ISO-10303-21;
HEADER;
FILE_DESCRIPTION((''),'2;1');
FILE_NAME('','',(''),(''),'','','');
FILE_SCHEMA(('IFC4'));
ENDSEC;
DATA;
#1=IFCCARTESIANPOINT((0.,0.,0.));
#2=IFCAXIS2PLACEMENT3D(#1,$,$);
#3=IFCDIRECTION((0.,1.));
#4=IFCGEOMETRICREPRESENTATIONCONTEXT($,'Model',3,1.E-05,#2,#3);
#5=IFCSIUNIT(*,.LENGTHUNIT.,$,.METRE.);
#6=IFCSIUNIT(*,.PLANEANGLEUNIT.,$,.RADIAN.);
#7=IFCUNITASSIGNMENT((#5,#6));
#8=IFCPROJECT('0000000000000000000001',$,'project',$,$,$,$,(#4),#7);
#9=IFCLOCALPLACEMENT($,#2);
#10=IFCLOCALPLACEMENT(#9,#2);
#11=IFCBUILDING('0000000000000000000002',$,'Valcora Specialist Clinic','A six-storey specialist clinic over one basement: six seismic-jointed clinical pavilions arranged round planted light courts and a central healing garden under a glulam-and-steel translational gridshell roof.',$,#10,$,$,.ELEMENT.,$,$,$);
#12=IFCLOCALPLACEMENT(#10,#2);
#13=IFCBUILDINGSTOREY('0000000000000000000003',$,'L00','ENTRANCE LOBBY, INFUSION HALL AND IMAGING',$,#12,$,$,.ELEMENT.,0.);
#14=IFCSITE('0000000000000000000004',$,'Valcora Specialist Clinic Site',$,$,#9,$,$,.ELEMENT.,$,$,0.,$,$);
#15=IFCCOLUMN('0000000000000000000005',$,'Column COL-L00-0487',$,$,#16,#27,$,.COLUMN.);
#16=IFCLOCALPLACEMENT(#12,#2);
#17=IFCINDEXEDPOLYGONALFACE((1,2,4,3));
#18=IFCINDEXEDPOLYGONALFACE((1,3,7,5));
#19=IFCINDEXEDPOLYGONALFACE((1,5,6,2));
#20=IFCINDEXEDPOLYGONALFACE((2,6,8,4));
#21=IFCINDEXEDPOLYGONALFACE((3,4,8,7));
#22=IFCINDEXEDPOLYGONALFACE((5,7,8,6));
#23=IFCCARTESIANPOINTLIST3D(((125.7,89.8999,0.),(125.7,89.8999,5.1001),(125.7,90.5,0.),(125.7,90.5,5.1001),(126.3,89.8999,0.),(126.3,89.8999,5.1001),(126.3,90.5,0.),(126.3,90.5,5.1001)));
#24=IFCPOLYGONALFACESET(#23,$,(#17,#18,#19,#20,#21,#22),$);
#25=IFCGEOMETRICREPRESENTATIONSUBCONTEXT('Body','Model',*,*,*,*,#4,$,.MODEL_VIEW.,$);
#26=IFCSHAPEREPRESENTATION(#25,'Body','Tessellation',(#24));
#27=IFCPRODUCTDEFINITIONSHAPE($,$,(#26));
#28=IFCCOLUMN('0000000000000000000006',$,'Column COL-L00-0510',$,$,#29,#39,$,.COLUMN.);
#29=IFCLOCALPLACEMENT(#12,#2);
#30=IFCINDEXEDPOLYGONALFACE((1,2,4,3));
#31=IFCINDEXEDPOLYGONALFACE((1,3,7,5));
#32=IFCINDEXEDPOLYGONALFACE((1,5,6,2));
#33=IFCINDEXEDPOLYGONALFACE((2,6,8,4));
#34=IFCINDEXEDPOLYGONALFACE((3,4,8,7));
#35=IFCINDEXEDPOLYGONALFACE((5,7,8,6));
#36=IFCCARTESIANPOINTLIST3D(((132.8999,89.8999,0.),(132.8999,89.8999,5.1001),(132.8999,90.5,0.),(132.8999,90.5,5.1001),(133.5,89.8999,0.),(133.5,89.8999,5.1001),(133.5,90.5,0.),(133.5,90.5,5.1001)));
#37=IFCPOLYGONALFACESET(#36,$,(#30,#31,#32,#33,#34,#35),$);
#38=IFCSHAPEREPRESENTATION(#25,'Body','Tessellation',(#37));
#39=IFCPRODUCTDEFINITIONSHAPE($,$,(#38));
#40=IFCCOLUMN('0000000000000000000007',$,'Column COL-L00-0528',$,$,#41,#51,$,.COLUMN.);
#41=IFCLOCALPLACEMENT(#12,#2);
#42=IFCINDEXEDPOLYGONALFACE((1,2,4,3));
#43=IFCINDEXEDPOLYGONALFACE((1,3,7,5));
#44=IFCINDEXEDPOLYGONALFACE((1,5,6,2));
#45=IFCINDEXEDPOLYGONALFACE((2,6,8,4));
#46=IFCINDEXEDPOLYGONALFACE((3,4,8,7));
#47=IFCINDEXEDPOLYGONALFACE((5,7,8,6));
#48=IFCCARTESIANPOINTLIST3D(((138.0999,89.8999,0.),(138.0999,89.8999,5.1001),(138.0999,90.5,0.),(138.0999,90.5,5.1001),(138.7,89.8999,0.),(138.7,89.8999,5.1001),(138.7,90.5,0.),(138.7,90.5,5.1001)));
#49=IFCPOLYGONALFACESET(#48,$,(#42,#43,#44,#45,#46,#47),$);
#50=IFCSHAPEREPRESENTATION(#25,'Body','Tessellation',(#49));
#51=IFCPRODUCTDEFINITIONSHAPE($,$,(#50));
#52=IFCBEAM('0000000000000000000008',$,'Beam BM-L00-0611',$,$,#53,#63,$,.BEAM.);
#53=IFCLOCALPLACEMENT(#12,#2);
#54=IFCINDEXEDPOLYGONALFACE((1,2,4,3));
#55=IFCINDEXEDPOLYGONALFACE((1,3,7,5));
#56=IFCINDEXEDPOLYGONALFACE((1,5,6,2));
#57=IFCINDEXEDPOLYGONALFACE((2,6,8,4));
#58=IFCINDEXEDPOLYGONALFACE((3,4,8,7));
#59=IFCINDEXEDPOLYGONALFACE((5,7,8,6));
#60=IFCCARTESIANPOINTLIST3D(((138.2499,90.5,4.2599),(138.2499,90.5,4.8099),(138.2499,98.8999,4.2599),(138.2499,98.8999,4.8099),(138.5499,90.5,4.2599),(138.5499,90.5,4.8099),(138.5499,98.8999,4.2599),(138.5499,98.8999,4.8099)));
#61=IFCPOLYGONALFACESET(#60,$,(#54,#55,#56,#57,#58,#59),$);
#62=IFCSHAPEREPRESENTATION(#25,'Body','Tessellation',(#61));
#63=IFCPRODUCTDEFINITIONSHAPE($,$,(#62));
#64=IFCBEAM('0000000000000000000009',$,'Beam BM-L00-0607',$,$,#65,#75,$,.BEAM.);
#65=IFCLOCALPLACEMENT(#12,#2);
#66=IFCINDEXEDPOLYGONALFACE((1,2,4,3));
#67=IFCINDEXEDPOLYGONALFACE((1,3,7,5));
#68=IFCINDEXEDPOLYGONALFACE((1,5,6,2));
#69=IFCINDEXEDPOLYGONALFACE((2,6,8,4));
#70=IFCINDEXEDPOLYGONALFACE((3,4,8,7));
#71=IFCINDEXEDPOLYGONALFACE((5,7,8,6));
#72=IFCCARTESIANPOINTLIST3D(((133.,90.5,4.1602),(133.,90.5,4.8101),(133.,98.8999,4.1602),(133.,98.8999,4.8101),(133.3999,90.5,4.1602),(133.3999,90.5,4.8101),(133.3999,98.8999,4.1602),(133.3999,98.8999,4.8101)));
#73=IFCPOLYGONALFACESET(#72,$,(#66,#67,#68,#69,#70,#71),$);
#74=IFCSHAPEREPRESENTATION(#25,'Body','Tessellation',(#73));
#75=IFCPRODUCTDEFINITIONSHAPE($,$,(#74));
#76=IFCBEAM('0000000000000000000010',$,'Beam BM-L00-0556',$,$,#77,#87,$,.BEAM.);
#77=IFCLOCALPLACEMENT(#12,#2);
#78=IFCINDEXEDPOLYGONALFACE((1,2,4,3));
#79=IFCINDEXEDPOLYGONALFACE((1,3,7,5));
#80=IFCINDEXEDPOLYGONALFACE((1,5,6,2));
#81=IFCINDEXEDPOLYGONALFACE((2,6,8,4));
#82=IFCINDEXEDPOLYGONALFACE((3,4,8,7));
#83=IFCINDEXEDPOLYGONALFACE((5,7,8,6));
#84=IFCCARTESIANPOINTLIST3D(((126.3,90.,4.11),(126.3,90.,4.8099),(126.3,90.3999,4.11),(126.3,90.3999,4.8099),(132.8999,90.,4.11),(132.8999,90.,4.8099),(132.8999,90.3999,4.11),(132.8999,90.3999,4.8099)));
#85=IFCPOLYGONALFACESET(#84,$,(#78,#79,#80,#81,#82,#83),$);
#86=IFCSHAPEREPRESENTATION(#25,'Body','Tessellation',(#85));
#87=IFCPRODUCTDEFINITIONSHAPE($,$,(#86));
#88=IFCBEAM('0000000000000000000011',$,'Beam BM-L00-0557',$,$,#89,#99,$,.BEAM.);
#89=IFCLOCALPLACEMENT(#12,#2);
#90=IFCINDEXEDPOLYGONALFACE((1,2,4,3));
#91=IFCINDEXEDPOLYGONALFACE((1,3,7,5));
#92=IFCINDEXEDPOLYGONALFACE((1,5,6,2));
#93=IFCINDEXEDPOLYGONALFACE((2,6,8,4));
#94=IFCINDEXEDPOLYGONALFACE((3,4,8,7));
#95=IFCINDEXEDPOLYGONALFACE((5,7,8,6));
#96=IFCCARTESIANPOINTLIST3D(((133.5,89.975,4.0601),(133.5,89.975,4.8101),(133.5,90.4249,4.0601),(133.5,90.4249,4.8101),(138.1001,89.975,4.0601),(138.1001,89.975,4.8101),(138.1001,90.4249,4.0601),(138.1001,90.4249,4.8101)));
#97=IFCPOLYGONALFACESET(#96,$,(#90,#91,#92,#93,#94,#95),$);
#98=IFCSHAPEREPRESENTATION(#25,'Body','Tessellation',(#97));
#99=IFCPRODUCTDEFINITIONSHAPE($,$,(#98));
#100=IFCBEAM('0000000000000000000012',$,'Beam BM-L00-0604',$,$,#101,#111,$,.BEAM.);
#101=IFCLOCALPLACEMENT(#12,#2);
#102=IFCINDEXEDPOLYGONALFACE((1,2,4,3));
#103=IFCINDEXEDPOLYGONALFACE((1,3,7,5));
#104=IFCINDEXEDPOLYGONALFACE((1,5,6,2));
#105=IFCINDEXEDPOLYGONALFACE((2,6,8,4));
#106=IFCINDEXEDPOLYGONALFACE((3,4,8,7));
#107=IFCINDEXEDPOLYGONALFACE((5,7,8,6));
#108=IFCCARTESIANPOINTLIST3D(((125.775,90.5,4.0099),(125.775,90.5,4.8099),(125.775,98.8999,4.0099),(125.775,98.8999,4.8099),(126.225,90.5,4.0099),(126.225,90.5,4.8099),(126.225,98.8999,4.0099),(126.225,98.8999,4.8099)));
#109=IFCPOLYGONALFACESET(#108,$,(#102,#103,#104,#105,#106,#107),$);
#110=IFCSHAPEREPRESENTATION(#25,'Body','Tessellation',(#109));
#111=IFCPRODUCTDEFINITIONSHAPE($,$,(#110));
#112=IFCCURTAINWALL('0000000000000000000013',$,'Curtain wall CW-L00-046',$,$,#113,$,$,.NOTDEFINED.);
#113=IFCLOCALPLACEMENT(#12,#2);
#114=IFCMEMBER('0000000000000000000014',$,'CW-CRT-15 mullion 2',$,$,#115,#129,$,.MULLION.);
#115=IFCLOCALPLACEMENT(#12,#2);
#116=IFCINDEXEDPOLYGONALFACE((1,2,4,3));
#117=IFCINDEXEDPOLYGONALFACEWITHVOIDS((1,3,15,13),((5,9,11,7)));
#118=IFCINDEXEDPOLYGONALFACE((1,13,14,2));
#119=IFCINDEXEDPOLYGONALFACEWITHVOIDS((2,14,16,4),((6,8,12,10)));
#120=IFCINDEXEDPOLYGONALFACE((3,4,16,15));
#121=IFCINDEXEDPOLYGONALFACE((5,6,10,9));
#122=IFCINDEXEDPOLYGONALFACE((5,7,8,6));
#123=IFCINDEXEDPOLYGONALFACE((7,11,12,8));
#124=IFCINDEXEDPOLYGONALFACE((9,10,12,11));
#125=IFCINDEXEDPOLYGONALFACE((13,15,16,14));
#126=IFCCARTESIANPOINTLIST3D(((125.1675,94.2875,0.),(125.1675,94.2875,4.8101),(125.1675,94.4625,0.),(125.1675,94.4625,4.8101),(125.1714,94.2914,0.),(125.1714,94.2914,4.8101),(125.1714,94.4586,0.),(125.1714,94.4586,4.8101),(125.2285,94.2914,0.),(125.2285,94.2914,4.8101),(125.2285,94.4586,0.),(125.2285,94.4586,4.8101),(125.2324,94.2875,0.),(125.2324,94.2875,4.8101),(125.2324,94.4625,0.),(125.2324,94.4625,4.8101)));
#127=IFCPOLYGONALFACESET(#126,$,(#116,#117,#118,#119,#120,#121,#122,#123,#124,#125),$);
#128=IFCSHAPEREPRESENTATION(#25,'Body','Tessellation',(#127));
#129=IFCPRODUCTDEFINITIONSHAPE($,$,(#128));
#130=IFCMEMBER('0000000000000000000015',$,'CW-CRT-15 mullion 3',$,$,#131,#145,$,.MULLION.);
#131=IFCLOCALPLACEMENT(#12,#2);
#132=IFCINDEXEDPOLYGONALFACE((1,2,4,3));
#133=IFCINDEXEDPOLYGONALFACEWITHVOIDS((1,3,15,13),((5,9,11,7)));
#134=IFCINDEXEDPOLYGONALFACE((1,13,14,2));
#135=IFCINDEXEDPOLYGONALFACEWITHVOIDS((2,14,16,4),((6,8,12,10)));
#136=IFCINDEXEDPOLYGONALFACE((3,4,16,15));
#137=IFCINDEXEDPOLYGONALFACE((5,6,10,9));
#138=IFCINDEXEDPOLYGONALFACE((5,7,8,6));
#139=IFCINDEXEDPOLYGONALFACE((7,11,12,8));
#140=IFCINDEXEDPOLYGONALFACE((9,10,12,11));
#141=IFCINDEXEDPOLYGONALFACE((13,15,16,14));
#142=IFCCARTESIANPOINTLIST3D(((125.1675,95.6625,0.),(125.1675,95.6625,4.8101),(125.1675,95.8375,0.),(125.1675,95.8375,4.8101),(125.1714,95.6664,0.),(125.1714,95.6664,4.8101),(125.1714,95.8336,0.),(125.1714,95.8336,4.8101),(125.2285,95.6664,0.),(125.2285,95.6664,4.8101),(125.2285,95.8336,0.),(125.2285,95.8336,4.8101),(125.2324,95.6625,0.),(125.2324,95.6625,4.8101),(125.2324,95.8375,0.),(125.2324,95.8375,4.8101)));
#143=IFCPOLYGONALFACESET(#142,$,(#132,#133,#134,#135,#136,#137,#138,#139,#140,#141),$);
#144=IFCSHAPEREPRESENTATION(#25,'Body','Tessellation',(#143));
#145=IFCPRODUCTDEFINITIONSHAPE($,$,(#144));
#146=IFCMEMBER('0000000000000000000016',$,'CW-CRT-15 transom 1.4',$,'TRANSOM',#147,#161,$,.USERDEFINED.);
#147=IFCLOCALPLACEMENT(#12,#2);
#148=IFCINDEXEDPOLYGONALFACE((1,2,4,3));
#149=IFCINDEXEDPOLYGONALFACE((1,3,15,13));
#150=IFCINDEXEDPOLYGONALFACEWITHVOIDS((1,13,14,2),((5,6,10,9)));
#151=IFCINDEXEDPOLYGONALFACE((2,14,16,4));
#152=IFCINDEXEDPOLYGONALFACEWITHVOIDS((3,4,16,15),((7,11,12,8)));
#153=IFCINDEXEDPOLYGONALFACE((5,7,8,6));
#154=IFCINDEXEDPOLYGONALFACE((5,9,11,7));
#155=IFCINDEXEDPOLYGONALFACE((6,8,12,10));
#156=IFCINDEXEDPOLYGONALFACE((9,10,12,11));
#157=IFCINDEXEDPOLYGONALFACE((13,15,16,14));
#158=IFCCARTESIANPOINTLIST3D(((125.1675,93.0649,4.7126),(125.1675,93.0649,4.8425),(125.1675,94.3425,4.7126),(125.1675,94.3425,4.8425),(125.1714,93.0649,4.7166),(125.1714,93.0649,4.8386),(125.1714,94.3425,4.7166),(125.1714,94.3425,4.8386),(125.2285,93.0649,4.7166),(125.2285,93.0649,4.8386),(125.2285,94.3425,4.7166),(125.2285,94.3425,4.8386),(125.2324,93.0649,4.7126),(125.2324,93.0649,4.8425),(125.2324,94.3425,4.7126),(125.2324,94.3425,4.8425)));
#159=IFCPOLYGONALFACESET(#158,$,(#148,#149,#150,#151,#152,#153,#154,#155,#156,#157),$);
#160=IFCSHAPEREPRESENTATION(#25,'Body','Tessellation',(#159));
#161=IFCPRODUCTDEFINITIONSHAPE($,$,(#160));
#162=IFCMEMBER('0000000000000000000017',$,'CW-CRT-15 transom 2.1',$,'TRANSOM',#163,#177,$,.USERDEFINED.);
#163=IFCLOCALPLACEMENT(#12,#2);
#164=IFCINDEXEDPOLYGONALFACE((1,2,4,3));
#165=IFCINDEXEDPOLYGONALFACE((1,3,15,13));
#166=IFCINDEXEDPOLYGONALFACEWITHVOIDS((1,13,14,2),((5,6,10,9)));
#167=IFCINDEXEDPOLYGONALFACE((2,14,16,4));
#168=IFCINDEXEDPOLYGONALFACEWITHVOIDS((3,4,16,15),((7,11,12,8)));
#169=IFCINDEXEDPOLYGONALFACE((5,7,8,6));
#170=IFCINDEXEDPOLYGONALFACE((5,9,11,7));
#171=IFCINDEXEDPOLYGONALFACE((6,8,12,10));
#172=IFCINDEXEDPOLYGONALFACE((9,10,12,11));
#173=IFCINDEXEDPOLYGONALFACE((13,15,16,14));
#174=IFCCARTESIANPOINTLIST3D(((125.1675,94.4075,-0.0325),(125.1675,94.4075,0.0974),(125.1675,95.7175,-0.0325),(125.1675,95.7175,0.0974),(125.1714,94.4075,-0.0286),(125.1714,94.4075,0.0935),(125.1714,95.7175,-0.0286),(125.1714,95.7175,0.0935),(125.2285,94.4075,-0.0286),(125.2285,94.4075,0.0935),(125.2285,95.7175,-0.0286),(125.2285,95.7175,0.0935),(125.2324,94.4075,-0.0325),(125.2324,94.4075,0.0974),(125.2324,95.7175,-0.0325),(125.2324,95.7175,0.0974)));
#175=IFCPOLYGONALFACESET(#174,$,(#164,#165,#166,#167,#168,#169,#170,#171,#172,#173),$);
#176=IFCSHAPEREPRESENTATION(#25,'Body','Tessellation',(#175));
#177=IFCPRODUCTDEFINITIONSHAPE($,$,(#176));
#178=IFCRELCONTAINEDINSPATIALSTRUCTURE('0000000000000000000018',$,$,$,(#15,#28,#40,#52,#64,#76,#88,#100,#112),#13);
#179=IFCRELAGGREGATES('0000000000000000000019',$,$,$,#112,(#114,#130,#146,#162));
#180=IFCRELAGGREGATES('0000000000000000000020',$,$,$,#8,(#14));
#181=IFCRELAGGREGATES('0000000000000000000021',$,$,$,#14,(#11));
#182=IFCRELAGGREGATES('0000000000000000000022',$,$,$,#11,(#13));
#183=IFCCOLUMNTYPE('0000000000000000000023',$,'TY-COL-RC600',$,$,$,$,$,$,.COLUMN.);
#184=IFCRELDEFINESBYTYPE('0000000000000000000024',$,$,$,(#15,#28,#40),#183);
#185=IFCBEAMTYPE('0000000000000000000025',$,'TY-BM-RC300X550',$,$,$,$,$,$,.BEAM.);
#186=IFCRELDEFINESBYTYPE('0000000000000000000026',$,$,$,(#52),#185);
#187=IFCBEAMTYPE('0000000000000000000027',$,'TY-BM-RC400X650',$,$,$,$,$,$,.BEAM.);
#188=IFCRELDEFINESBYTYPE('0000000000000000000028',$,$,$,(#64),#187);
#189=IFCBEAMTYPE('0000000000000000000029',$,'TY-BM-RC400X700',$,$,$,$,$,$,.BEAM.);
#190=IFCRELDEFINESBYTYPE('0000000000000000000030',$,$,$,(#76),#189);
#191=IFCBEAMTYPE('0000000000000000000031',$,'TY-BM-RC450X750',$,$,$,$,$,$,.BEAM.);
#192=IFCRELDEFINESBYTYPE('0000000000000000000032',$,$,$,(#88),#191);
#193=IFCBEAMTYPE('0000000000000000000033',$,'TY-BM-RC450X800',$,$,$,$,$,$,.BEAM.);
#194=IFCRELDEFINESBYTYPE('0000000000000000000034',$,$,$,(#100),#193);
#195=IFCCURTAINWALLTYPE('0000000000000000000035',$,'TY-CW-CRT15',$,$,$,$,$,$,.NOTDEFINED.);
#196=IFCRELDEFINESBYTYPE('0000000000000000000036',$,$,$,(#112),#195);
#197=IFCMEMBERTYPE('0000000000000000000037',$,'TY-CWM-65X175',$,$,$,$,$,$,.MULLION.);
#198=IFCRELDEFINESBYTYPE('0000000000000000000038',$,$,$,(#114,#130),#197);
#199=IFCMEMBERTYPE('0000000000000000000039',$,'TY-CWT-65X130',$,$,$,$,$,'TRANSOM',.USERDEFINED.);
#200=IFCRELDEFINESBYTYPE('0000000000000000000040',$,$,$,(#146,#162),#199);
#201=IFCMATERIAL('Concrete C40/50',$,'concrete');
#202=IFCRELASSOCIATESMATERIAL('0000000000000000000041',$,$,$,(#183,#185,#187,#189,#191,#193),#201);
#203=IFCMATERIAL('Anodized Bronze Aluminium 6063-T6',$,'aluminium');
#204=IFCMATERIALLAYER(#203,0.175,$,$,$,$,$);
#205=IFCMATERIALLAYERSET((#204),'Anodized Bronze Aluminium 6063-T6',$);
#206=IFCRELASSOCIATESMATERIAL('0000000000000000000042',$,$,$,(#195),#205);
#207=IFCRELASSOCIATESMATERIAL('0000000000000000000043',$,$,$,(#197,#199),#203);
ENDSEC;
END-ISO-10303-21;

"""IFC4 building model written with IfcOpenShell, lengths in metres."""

from ifc_helpers import new_model, si_unit, direction, frame, origin, origin_2d, place, context, subcontext, project, spatial, rectangle, hollow_rectangle, extrude, material, layer, layer_set, material_profile, profile_set, type_object, element, aggregate, save


model = new_model("IFC4")

# Units and contexts
model_context = context("Model", 3, precision=1e-05, world=origin(), true_north=direction((0.0, 1.0)))
body_context = subcontext(model_context, "Body", "Model", "MODEL_VIEW")
ifc_project = project(units=[si_unit("LENGTHUNIT", "METRE"), si_unit("PLANEANGLEUNIT", "RADIAN")], contexts=[model_context])

# Site, building, storey
site_placement = place(None, origin())
site = spatial("IfcSite", under=ifc_project, at=site_placement, Name="Valcora Specialist Clinic Site", CompositionType="ELEMENT", RefElevation=0.0)
building_placement = place(site_placement, origin())
building = spatial("IfcBuilding", under=site, at=building_placement, Name="Valcora Specialist Clinic", Description="A six-storey specialist clinic over one basement: six seismic-jointed clinical pavilions arranged round planted light courts and a central healing garden under a glulam-and-steel translational gridshell roof.", CompositionType="ELEMENT")
storey_placement = place(building_placement, origin())
storey = spatial("IfcBuildingStorey", under=building, at=storey_placement, Name="L00", Description="ENTRANCE LOBBY, INFUSION HALL AND IMAGING", CompositionType="ELEMENT", Elevation=0.0)

# Columns
ifc_material_1 = material(Name="Concrete C40/50", Category="concrete")
ifc_material_profile_1 = material_profile(ifc_material_1, rectangle(XDim=0.6001, YDim=0.6001, at=origin_2d()), Name="RC-COL-600X600")
ifc_profile_set_1 = profile_set([ifc_material_profile_1], Name="Concrete C40/50")
column_type = type_object("IfcColumnType", Name="TY-COL-RC600", PredefinedType="COLUMN", material=ifc_profile_set_1)
for number, where, z_axis, x_axis, name in (
    (1, (126.0, 90.2, 0.0), (0.0, 0.0, 1.0), (1.0, 0.0, 0.0), "Column COL-L00-0487"),
    (2, (133.2, 90.2, 0.0), (0.0, 0.0, 1.0), (1.0, 0.0, 0.0), "Column COL-L00-0510"),
    (3, (138.3999, 90.2, 0.0), (0.0, 0.0, 1.0), (1.0, 0.0, 0.0), "Column COL-L00-0528"),
):
    element("IfcColumn", number, at=place(storey_placement, frame(where, z_axis=z_axis, x_axis=x_axis)), inside=storey, type_object=column_type, Name=name, PredefinedType="COLUMN", context=body_context, shape_type="SweptSolid", body=[
        extrude(rectangle(XDim=0.6001, YDim=0.6001, at=origin_2d()), origin(), (0.0, 0.0, 1.0), 5.1001),
    ])

# Beams
ifc_material_profile_2 = material_profile(ifc_material_1, rectangle(XDim=0.3, YDim=0.55, at=origin_2d()), Name="RC-BM-300X550")
ifc_profile_set_2 = profile_set([ifc_material_profile_2], Name="Concrete C40/50")
beam_type_1 = type_object("IfcBeamType", Name="TY-BM-RC300X550", PredefinedType="BEAM", material=ifc_profile_set_2)
beam_1_placement = place(storey_placement, frame((138.3999, 90.5, 4.5349), z_axis=(0.0, 1.0, 0.0), x_axis=(-1.0, 0.0, 0.0)))
element("IfcBeam", 4, at=beam_1_placement, inside=storey, type_object=beam_type_1, Name="Beam BM-L00-0611", PredefinedType="BEAM", context=body_context, shape_type="SweptSolid", body=[
    extrude(rectangle(XDim=0.3, YDim=0.55, at=origin_2d()), origin(), (0.0, 0.0, 1.0), 8.3999),
])
ifc_material_profile_3 = material_profile(ifc_material_1, rectangle(XDim=0.3999, YDim=0.6499, at=origin_2d()), Name="RC-BM-400X650")
ifc_profile_set_3 = profile_set([ifc_material_profile_3], Name="Concrete C40/50")
beam_type_2 = type_object("IfcBeamType", Name="TY-BM-RC400X650", PredefinedType="BEAM", material=ifc_profile_set_3)
beam_2_placement = place(storey_placement, frame((133.2, 90.5, 4.4851), z_axis=(0.0, 1.0, 0.0), x_axis=(-1.0, 0.0, 0.0)))
element("IfcBeam", 5, at=beam_2_placement, inside=storey, type_object=beam_type_2, Name="Beam BM-L00-0607", PredefinedType="BEAM", context=body_context, shape_type="SweptSolid", body=[
    extrude(rectangle(XDim=0.3999, YDim=0.6499, at=origin_2d()), origin(), (0.0, 0.0, 1.0), 8.3999),
])
ifc_material_profile_4 = material_profile(ifc_material_1, rectangle(XDim=0.3999, YDim=0.7, at=origin_2d()), Name="RC-BM-400X700")
ifc_profile_set_4 = profile_set([ifc_material_profile_4], Name="Concrete C40/50")
beam_type_3 = type_object("IfcBeamType", Name="TY-BM-RC400X700", PredefinedType="BEAM", material=ifc_profile_set_4)
beam_3_placement = place(storey_placement, frame((126.3, 90.2, 4.46), z_axis=(1.0, 0.0, 0.0), x_axis=(0.0, 1.0, 0.0)))
element("IfcBeam", 6, at=beam_3_placement, inside=storey, type_object=beam_type_3, Name="Beam BM-L00-0556", PredefinedType="BEAM", context=body_context, shape_type="SweptSolid", body=[
    extrude(rectangle(XDim=0.3999, YDim=0.7, at=origin_2d()), origin(), (0.0, 0.0, 1.0), 6.5999),
])
ifc_material_profile_5 = material_profile(ifc_material_1, rectangle(XDim=0.45, YDim=0.75, at=origin_2d()), Name="RC-BM-450X750")
ifc_profile_set_5 = profile_set([ifc_material_profile_5], Name="Concrete C40/50")
beam_type_4 = type_object("IfcBeamType", Name="TY-BM-RC450X750", PredefinedType="BEAM", material=ifc_profile_set_5)
beam_4_placement = place(storey_placement, frame((133.5, 90.2, 4.4351), z_axis=(1.0, 0.0, 0.0), x_axis=(0.0, 1.0, 0.0)))
element("IfcBeam", 7, at=beam_4_placement, inside=storey, type_object=beam_type_4, Name="Beam BM-L00-0557", PredefinedType="BEAM", context=body_context, shape_type="SweptSolid", body=[
    extrude(rectangle(XDim=0.45, YDim=0.75, at=origin_2d()), origin(), (0.0, 0.0, 1.0), 4.6001),
])
ifc_material_profile_6 = material_profile(ifc_material_1, rectangle(XDim=0.45, YDim=0.8, at=origin_2d()), Name="RC-BM-450X800")
ifc_profile_set_6 = profile_set([ifc_material_profile_6], Name="Concrete C40/50")
beam_type_5 = type_object("IfcBeamType", Name="TY-BM-RC450X800", PredefinedType="BEAM", material=ifc_profile_set_6)
beam_5_placement = place(storey_placement, frame((126.0, 90.5, 4.4099), z_axis=(0.0, 1.0, 0.0), x_axis=(-1.0, 0.0, 0.0)))
element("IfcBeam", 8, at=beam_5_placement, inside=storey, type_object=beam_type_5, Name="Beam BM-L00-0604", PredefinedType="BEAM", context=body_context, shape_type="SweptSolid", body=[
    extrude(rectangle(XDim=0.45, YDim=0.8, at=origin_2d()), origin(), (0.0, 0.0, 1.0), 8.3999),
])

# Curtain wall, members
ifc_material_2 = material(Name="Anodized Bronze Aluminium 6063-T6", Category="aluminium")
ifc_layer_1 = layer(ifc_material_2, 0.175)
ifc_layer_set_1 = layer_set([ifc_layer_1], Name="Anodized Bronze Aluminium 6063-T6")
curtain_wall_type = type_object("IfcCurtainWallType", Name="TY-CW-CRT15", PredefinedType="NOTDEFINED", material=ifc_layer_set_1)
curtain_wall_placement = place(storey_placement, origin())
curtain_wall = element("IfcCurtainWall", 9, at=curtain_wall_placement, inside=storey, type_object=curtain_wall_type, Name="Curtain wall CW-L00-046", PredefinedType="NOTDEFINED")
ifc_material_profile_7 = material_profile(ifc_material_2, hollow_rectangle(XDim=0.0649, YDim=0.175, WallThickness=0.0039, at=origin_2d()), Name="AL-MUL-65X175")
ifc_profile_set_7 = profile_set([ifc_material_profile_7], Name="Anodized Bronze Aluminium 6063-T6")
member_type_1 = type_object("IfcMemberType", Name="TY-CWM-65X175", PredefinedType="MULLION", material=ifc_profile_set_7)
member_1_placement = place(storey_placement, frame((125.2, 94.375, 0.0), z_axis=(0.0, 0.0, 1.0), x_axis=(-1.0, 0.0, 0.0)))
member_1 = element("IfcMember", 10, at=member_1_placement, type_object=member_type_1, Name="CW-CRT-15 mullion 2", PredefinedType="MULLION", context=body_context, shape_type="SweptSolid", body=[
    extrude(hollow_rectangle(XDim=0.0649, YDim=0.175, WallThickness=0.0039, at=origin_2d()), origin(), (0.0, 0.0, 1.0), 4.8101),
])
member_2_placement = place(storey_placement, frame((125.2, 95.75, 0.0), z_axis=(0.0, 0.0, 1.0), x_axis=(-1.0, 0.0, 0.0)))
member_2 = element("IfcMember", 11, at=member_2_placement, type_object=member_type_1, Name="CW-CRT-15 mullion 3", PredefinedType="MULLION", context=body_context, shape_type="SweptSolid", body=[
    extrude(hollow_rectangle(XDim=0.0649, YDim=0.175, WallThickness=0.0039, at=origin_2d()), origin(), (0.0, 0.0, 1.0), 4.8101),
])
ifc_material_profile_8 = material_profile(ifc_material_2, hollow_rectangle(XDim=0.0649, YDim=0.1299, WallThickness=0.0039, at=origin_2d()), Name="AL-TRN-65X130")
ifc_profile_set_8 = profile_set([ifc_material_profile_8], Name="Anodized Bronze Aluminium 6063-T6")
member_type_2 = type_object("IfcMemberType", Name="TY-CWT-65X130", ElementType="TRANSOM", PredefinedType="USERDEFINED", material=ifc_profile_set_8)
member_3_placement = place(storey_placement, frame((125.2, 93.0649, 4.7776), z_axis=(0.0, 1.0, 0.0), x_axis=(-1.0, 0.0, 0.0)))
member_3 = element("IfcMember", 12, at=member_3_placement, type_object=member_type_2, Name="CW-CRT-15 transom 1.4", ObjectType="TRANSOM", PredefinedType="USERDEFINED", context=body_context, shape_type="SweptSolid", body=[
    extrude(hollow_rectangle(XDim=0.0649, YDim=0.1299, WallThickness=0.0039, at=origin_2d()), origin(), (0.0, 0.0, 1.0), 1.2776),
])
member_4_placement = place(storey_placement, frame((125.2, 94.4075, 0.0325), z_axis=(0.0, 1.0, 0.0), x_axis=(-1.0, 0.0, 0.0)))
member_4 = element("IfcMember", 13, at=member_4_placement, type_object=member_type_2, Name="CW-CRT-15 transom 2.1", ObjectType="TRANSOM", PredefinedType="USERDEFINED", context=body_context, shape_type="SweptSolid", body=[
    extrude(hollow_rectangle(XDim=0.0649, YDim=0.1299, WallThickness=0.0039, at=origin_2d()), origin(), (0.0, 0.0, 1.0), 1.3101),
])
aggregate(curtain_wall, [member_1, member_2, member_3, member_4])

save(model, "model.ifc")
